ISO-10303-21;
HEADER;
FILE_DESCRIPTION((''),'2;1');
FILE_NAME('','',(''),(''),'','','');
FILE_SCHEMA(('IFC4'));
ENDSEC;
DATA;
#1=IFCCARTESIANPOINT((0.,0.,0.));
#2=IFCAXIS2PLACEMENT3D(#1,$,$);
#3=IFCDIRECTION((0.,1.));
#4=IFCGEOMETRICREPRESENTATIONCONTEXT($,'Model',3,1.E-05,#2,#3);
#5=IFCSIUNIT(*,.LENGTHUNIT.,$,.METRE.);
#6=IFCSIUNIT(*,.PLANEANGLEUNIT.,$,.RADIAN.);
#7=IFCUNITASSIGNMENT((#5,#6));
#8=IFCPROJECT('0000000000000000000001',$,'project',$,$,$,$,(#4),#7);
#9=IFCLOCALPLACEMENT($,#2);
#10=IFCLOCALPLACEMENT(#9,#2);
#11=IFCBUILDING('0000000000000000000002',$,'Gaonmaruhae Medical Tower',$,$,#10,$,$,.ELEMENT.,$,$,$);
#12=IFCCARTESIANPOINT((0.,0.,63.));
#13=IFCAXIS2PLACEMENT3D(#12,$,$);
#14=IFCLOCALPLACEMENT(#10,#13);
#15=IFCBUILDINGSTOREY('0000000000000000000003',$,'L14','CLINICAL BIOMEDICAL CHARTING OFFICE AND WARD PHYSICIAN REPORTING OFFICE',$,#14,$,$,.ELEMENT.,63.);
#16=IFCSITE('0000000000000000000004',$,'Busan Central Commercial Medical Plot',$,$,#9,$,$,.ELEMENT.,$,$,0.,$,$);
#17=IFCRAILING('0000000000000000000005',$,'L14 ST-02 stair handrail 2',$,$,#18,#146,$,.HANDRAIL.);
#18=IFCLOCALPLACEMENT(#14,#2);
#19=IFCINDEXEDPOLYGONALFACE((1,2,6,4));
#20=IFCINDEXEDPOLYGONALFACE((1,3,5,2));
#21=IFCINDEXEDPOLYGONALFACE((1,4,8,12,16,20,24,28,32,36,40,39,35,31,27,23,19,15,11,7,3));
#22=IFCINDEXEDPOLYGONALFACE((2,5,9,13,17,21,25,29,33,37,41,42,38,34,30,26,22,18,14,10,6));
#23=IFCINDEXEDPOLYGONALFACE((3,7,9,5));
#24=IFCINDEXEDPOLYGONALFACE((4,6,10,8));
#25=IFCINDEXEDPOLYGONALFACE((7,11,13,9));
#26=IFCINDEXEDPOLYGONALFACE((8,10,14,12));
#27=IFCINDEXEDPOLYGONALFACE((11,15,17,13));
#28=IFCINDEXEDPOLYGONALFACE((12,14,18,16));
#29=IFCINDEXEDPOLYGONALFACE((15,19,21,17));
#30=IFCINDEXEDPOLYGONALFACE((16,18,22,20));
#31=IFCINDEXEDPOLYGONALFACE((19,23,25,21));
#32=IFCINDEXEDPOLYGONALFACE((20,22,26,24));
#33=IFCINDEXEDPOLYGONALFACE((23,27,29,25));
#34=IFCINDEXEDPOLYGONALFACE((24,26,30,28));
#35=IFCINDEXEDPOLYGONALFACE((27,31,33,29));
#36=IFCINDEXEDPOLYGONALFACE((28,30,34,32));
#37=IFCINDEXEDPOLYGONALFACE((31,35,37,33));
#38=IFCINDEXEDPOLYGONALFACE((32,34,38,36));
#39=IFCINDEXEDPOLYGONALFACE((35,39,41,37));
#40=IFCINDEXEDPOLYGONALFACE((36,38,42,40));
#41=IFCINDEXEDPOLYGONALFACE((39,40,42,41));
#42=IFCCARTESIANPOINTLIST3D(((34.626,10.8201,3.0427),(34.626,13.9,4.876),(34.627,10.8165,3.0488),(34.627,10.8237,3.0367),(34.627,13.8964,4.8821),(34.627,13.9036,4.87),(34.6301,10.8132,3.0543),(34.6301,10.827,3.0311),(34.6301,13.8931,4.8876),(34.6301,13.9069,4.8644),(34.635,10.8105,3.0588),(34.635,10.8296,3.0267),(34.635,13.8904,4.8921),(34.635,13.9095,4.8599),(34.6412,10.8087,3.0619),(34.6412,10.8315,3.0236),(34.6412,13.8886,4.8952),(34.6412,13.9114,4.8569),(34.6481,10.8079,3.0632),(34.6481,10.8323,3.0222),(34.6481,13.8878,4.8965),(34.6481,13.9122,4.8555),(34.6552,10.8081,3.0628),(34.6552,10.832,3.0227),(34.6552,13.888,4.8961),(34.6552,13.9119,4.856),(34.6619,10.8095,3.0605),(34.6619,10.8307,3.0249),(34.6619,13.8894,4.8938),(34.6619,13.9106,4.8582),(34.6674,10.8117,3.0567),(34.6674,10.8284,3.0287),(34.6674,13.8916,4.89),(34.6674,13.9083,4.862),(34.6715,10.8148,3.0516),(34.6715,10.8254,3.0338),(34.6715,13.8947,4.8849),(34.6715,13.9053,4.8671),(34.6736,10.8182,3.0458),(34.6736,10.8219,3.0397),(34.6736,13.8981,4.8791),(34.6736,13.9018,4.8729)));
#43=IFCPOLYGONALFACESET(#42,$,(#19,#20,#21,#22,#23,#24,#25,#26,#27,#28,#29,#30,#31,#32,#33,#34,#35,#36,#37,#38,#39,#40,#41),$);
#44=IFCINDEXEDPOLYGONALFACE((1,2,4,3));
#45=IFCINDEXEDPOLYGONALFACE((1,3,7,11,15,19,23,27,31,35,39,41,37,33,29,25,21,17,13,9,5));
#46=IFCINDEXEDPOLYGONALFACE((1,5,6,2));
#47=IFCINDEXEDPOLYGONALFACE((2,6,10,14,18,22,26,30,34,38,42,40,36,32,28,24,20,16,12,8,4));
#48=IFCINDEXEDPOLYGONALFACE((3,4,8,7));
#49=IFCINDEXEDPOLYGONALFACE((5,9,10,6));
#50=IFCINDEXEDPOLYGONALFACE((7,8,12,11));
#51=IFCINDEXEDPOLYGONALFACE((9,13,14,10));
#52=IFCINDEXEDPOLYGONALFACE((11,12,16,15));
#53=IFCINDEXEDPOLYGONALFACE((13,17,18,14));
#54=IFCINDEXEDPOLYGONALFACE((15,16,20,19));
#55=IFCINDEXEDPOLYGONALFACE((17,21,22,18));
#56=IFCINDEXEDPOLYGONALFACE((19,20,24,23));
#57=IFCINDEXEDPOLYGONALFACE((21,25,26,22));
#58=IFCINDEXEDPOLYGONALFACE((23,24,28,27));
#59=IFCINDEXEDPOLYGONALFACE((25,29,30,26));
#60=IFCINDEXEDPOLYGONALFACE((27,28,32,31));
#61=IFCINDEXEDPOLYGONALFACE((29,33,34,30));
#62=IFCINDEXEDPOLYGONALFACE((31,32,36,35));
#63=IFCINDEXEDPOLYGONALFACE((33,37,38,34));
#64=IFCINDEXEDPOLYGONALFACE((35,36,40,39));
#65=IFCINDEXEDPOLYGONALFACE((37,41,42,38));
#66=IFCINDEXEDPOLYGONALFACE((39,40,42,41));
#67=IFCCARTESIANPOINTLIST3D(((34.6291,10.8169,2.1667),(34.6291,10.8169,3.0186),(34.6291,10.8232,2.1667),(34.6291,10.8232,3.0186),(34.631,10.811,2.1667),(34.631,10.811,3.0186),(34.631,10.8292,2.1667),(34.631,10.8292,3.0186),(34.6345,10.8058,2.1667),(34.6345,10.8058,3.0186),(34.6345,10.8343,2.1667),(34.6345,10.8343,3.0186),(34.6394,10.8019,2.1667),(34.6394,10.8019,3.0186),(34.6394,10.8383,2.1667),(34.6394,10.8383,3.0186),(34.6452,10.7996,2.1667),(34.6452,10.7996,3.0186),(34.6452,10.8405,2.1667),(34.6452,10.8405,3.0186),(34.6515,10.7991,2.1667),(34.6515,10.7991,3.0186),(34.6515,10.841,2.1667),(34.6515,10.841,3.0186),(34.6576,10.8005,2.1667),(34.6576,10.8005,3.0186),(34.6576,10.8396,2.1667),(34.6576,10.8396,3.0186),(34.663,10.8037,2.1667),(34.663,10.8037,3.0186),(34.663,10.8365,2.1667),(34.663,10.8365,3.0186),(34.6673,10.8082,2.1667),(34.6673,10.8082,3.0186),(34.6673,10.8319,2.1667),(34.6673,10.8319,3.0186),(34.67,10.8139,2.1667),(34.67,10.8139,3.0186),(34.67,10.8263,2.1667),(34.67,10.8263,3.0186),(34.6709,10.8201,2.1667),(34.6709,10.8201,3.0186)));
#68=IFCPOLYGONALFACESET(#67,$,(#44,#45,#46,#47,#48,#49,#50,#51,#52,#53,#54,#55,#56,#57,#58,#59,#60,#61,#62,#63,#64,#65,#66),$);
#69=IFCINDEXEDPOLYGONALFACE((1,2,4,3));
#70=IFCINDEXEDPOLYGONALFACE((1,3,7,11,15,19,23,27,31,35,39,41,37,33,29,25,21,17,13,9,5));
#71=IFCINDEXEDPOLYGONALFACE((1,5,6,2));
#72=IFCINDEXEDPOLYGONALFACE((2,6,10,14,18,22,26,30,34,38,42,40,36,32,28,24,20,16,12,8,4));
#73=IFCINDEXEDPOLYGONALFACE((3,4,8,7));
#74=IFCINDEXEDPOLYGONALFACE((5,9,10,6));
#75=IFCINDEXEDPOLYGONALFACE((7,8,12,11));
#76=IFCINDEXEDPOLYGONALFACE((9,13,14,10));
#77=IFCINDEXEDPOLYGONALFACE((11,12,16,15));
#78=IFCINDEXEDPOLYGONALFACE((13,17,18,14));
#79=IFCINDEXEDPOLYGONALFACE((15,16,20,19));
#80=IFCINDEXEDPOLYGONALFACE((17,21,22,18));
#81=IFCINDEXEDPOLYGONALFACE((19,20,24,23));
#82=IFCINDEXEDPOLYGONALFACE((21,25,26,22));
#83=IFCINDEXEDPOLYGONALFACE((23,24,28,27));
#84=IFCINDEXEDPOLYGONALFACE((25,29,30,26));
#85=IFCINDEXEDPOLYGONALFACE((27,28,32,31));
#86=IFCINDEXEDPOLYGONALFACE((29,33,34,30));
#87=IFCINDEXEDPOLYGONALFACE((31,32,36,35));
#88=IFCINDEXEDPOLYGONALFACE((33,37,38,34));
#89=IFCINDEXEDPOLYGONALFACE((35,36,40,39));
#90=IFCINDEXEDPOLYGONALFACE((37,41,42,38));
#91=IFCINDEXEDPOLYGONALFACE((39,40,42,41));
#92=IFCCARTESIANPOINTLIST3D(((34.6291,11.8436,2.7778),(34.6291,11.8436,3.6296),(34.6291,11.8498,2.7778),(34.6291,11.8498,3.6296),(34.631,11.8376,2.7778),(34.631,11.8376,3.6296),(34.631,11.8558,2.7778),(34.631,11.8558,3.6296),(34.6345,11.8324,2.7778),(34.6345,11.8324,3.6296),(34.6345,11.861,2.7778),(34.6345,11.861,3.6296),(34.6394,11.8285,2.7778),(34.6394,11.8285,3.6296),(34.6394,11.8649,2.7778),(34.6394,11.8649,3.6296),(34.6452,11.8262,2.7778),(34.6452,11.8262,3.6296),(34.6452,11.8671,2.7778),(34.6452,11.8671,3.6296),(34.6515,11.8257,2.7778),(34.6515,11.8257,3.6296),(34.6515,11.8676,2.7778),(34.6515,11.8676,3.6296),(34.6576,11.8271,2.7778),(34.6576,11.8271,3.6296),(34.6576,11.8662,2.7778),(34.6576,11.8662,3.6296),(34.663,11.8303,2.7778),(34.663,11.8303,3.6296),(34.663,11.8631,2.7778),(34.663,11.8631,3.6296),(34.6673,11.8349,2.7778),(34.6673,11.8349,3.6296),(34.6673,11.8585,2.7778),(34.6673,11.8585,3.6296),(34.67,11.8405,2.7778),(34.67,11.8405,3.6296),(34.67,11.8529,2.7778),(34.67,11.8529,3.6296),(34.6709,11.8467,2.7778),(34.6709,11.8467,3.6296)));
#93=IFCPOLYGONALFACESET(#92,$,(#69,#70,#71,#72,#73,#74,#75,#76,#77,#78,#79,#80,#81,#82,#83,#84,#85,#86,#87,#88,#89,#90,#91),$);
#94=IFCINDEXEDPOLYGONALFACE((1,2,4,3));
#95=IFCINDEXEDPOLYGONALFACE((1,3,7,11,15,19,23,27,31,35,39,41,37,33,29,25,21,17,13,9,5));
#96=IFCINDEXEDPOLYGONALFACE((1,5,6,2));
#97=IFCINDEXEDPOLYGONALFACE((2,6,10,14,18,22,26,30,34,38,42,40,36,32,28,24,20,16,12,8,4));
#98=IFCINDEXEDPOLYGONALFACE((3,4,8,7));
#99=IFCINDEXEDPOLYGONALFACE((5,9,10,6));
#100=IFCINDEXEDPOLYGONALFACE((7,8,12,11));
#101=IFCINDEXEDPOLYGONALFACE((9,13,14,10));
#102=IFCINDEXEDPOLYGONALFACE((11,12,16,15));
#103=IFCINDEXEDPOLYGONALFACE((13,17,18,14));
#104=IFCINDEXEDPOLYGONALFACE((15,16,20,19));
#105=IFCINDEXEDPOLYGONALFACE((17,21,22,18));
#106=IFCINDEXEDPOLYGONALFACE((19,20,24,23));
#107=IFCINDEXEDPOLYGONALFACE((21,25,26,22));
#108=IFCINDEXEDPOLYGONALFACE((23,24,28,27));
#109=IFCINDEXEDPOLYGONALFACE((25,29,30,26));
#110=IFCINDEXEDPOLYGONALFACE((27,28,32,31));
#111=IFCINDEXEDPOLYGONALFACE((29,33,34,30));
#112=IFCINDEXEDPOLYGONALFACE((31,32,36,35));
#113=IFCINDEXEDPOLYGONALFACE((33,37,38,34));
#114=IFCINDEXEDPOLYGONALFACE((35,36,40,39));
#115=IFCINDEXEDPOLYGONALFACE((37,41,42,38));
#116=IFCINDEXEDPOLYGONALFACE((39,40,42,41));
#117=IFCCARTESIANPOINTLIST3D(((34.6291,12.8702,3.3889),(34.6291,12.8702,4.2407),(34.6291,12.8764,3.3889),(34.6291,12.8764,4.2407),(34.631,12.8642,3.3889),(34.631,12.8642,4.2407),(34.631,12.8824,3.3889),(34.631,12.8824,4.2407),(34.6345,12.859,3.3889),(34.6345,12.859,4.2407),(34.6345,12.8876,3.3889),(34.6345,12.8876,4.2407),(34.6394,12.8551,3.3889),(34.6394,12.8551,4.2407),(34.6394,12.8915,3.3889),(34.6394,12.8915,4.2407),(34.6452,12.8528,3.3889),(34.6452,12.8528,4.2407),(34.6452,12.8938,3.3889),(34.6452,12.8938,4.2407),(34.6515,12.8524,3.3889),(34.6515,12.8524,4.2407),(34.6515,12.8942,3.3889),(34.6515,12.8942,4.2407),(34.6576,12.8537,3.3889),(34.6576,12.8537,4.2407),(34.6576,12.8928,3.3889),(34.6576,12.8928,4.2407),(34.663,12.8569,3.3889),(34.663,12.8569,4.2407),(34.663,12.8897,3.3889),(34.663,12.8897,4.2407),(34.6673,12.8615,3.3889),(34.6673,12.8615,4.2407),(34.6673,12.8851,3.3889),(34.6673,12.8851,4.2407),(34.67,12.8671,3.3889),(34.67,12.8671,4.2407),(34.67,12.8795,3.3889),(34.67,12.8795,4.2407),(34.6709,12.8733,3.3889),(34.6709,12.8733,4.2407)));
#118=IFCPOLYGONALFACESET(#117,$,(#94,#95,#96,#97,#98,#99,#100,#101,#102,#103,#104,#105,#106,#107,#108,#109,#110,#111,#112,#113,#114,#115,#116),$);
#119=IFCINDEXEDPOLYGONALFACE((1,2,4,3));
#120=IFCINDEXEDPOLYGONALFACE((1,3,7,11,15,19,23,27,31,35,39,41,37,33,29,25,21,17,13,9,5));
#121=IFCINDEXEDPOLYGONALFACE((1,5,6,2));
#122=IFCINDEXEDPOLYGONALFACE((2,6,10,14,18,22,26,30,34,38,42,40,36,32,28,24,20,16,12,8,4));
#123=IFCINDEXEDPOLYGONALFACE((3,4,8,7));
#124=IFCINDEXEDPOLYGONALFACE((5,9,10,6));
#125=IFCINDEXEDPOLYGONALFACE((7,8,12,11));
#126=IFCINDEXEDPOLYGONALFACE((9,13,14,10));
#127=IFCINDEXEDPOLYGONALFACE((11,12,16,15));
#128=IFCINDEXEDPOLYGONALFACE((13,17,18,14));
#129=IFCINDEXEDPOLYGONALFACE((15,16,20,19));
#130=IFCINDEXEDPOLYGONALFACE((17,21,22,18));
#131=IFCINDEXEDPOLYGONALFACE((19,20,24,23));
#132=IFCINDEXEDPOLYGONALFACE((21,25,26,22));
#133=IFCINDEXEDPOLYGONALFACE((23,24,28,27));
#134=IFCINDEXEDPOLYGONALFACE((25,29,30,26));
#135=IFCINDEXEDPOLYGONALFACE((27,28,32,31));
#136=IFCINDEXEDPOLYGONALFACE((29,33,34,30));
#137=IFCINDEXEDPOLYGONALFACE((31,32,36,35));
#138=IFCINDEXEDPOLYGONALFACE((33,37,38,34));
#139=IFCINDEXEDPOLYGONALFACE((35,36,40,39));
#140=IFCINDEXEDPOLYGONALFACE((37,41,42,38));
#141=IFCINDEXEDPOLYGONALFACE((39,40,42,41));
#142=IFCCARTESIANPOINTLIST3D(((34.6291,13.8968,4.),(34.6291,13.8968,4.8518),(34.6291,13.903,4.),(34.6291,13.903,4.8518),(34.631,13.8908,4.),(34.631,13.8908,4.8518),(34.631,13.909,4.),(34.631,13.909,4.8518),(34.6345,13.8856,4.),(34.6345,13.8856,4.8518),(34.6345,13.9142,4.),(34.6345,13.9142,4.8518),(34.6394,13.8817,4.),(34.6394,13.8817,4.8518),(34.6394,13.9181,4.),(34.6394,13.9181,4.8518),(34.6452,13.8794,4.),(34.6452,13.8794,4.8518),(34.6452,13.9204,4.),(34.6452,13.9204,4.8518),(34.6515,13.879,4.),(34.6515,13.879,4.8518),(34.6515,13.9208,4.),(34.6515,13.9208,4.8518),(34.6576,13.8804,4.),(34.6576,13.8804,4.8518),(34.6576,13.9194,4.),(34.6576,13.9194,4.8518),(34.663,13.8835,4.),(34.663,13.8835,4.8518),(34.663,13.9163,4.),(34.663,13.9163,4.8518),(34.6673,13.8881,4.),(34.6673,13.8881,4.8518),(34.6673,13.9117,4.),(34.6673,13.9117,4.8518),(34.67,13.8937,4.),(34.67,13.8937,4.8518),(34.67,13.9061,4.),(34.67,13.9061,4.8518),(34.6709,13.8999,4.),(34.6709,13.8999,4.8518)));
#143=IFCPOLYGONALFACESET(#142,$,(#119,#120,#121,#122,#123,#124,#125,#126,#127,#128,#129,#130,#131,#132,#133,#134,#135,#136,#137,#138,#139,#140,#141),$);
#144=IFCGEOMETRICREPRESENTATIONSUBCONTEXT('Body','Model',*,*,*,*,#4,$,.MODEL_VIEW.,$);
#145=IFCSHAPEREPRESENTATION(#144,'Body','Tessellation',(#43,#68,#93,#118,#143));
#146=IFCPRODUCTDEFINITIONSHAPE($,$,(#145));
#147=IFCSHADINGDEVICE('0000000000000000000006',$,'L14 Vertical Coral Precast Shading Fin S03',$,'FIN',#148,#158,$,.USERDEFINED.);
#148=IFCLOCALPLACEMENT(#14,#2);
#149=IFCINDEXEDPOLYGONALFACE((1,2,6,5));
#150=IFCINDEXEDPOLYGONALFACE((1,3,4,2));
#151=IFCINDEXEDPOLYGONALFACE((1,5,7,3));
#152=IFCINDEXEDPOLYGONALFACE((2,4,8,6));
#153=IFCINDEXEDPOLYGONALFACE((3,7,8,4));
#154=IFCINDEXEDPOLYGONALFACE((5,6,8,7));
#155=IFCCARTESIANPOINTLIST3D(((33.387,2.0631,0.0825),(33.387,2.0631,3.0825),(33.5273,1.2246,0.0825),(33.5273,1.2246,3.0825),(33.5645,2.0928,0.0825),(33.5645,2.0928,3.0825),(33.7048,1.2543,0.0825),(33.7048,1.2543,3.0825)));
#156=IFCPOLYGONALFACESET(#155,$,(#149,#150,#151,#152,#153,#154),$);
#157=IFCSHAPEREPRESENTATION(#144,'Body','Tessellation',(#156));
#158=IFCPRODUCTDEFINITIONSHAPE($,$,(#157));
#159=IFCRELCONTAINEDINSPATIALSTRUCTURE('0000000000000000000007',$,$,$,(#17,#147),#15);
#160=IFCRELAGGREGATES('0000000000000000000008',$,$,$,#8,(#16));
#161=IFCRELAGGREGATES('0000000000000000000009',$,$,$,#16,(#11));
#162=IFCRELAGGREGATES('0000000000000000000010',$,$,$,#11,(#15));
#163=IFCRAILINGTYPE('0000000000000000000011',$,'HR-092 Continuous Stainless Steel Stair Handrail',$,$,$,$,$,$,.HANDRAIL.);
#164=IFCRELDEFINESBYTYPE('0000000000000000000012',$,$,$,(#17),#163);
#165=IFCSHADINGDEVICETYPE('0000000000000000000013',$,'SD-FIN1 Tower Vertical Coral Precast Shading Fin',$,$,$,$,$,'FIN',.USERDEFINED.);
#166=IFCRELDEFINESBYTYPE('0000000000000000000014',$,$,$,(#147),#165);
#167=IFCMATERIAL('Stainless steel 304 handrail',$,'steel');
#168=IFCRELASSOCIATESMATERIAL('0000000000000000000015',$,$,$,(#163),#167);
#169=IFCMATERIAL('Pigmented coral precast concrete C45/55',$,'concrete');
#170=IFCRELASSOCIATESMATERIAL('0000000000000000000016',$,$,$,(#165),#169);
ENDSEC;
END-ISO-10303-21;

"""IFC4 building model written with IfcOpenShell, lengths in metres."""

from ifc_helpers import new_model, si_unit, direction, frame, origin, origin_2d, place, context, subcontext, project, spatial, rectangle, circle, extrude, material, type_object, element, save


model = new_model("IFC4")

# Units and contexts
model_context = context("Model", 3, precision=1e-05, world=origin(), true_north=direction((0.0, 1.0)))
body_context = subcontext(model_context, "Body", "Model", "MODEL_VIEW")
ifc_project = project(units=[si_unit("LENGTHUNIT", "METRE"), si_unit("PLANEANGLEUNIT", "RADIAN")], contexts=[model_context])

# Site, building, storey
site_placement = place(None, origin())
site = spatial("IfcSite", under=ifc_project, at=site_placement, Name="Busan Central Commercial Medical Plot", CompositionType="ELEMENT", RefElevation=0.0)
building_placement = place(site_placement, origin())
building = spatial("IfcBuilding", under=site, at=building_placement, Name="Gaonmaruhae Medical Tower", CompositionType="ELEMENT")
storey_placement = place(building_placement, frame((0.0, 0.0, 63.0)))
storey = spatial("IfcBuildingStorey", under=building, at=storey_placement, Name="L14", Description="CLINICAL BIOMEDICAL CHARTING OFFICE AND WARD PHYSICIAN REPORTING OFFICE", CompositionType="ELEMENT", Elevation=63.0)

# Railing
ifc_material_1 = material(Name="Stainless steel 304 handrail", Category="steel")
railing_type_1 = type_object("IfcRailingType", Name="HR-092 Continuous Stainless Steel Stair Handrail", PredefinedType="HANDRAIL", material=ifc_material_1)
railing_1_placement = place(storey_placement, frame((34.6499, 10.8201, 2.1667)))
element("IfcRailing", 1, at=railing_1_placement, inside=storey, type_object=railing_type_1, Name="L14 ST-02 stair handrail 2", PredefinedType="HANDRAIL", context=body_context, shape_type="SweptSolid", body=[
    extrude(circle(Radius=0.0239, at=origin_2d()), frame((0.0, 0.0, 0.876), z_axis=(0.0, 0.859291, 0.511487), x_axis=(-1.0, 0.0, 0.0)), (0.0, 0.0, 1.0), 3.5842),
    extrude(circle(Radius=0.021, at=origin_2d()), origin(), (0.0, 0.0, 1.0), 0.8518),
    extrude(circle(Radius=0.021, at=origin_2d()), frame((0.0, 1.0266, 0.6111)), (0.0, 0.0, 1.0), 0.8518),
    extrude(circle(Radius=0.021, at=origin_2d()), frame((0.0, 2.0532, 1.2222)), (0.0, 0.0, 1.0), 0.8518),
    extrude(circle(Radius=0.021, at=origin_2d()), frame((0.0, 3.0798, 1.8333)), (0.0, 0.0, 1.0), 0.8518),
])

# Shading device
ifc_material_2 = material(Name="Pigmented coral precast concrete C45/55", Category="concrete")
shading_device_type = type_object("IfcShadingDeviceType", Name="SD-FIN1 Tower Vertical Coral Precast Shading Fin", ElementType="FIN", PredefinedType="USERDEFINED", material=ifc_material_2)
shading_device_placement = place(storey_placement, frame((33.5459, 1.6587, 0.0825), z_axis=(0.0, 0.0, 1.0), x_axis=(-0.986288, -0.16503, 0.0)))
element("IfcShadingDevice", 2, at=shading_device_placement, inside=storey, type_object=shading_device_type, Name="L14 Vertical Coral Precast Shading Fin S03", ObjectType="FIN", PredefinedType="USERDEFINED", context=body_context, shape_type="SweptSolid", body=[
    extrude(rectangle(XDim=0.1799, YDim=0.8501, at=origin_2d()), origin(), (0.0, 0.0, 1.0), 3.0),
])

save(model, "model.ifc")
